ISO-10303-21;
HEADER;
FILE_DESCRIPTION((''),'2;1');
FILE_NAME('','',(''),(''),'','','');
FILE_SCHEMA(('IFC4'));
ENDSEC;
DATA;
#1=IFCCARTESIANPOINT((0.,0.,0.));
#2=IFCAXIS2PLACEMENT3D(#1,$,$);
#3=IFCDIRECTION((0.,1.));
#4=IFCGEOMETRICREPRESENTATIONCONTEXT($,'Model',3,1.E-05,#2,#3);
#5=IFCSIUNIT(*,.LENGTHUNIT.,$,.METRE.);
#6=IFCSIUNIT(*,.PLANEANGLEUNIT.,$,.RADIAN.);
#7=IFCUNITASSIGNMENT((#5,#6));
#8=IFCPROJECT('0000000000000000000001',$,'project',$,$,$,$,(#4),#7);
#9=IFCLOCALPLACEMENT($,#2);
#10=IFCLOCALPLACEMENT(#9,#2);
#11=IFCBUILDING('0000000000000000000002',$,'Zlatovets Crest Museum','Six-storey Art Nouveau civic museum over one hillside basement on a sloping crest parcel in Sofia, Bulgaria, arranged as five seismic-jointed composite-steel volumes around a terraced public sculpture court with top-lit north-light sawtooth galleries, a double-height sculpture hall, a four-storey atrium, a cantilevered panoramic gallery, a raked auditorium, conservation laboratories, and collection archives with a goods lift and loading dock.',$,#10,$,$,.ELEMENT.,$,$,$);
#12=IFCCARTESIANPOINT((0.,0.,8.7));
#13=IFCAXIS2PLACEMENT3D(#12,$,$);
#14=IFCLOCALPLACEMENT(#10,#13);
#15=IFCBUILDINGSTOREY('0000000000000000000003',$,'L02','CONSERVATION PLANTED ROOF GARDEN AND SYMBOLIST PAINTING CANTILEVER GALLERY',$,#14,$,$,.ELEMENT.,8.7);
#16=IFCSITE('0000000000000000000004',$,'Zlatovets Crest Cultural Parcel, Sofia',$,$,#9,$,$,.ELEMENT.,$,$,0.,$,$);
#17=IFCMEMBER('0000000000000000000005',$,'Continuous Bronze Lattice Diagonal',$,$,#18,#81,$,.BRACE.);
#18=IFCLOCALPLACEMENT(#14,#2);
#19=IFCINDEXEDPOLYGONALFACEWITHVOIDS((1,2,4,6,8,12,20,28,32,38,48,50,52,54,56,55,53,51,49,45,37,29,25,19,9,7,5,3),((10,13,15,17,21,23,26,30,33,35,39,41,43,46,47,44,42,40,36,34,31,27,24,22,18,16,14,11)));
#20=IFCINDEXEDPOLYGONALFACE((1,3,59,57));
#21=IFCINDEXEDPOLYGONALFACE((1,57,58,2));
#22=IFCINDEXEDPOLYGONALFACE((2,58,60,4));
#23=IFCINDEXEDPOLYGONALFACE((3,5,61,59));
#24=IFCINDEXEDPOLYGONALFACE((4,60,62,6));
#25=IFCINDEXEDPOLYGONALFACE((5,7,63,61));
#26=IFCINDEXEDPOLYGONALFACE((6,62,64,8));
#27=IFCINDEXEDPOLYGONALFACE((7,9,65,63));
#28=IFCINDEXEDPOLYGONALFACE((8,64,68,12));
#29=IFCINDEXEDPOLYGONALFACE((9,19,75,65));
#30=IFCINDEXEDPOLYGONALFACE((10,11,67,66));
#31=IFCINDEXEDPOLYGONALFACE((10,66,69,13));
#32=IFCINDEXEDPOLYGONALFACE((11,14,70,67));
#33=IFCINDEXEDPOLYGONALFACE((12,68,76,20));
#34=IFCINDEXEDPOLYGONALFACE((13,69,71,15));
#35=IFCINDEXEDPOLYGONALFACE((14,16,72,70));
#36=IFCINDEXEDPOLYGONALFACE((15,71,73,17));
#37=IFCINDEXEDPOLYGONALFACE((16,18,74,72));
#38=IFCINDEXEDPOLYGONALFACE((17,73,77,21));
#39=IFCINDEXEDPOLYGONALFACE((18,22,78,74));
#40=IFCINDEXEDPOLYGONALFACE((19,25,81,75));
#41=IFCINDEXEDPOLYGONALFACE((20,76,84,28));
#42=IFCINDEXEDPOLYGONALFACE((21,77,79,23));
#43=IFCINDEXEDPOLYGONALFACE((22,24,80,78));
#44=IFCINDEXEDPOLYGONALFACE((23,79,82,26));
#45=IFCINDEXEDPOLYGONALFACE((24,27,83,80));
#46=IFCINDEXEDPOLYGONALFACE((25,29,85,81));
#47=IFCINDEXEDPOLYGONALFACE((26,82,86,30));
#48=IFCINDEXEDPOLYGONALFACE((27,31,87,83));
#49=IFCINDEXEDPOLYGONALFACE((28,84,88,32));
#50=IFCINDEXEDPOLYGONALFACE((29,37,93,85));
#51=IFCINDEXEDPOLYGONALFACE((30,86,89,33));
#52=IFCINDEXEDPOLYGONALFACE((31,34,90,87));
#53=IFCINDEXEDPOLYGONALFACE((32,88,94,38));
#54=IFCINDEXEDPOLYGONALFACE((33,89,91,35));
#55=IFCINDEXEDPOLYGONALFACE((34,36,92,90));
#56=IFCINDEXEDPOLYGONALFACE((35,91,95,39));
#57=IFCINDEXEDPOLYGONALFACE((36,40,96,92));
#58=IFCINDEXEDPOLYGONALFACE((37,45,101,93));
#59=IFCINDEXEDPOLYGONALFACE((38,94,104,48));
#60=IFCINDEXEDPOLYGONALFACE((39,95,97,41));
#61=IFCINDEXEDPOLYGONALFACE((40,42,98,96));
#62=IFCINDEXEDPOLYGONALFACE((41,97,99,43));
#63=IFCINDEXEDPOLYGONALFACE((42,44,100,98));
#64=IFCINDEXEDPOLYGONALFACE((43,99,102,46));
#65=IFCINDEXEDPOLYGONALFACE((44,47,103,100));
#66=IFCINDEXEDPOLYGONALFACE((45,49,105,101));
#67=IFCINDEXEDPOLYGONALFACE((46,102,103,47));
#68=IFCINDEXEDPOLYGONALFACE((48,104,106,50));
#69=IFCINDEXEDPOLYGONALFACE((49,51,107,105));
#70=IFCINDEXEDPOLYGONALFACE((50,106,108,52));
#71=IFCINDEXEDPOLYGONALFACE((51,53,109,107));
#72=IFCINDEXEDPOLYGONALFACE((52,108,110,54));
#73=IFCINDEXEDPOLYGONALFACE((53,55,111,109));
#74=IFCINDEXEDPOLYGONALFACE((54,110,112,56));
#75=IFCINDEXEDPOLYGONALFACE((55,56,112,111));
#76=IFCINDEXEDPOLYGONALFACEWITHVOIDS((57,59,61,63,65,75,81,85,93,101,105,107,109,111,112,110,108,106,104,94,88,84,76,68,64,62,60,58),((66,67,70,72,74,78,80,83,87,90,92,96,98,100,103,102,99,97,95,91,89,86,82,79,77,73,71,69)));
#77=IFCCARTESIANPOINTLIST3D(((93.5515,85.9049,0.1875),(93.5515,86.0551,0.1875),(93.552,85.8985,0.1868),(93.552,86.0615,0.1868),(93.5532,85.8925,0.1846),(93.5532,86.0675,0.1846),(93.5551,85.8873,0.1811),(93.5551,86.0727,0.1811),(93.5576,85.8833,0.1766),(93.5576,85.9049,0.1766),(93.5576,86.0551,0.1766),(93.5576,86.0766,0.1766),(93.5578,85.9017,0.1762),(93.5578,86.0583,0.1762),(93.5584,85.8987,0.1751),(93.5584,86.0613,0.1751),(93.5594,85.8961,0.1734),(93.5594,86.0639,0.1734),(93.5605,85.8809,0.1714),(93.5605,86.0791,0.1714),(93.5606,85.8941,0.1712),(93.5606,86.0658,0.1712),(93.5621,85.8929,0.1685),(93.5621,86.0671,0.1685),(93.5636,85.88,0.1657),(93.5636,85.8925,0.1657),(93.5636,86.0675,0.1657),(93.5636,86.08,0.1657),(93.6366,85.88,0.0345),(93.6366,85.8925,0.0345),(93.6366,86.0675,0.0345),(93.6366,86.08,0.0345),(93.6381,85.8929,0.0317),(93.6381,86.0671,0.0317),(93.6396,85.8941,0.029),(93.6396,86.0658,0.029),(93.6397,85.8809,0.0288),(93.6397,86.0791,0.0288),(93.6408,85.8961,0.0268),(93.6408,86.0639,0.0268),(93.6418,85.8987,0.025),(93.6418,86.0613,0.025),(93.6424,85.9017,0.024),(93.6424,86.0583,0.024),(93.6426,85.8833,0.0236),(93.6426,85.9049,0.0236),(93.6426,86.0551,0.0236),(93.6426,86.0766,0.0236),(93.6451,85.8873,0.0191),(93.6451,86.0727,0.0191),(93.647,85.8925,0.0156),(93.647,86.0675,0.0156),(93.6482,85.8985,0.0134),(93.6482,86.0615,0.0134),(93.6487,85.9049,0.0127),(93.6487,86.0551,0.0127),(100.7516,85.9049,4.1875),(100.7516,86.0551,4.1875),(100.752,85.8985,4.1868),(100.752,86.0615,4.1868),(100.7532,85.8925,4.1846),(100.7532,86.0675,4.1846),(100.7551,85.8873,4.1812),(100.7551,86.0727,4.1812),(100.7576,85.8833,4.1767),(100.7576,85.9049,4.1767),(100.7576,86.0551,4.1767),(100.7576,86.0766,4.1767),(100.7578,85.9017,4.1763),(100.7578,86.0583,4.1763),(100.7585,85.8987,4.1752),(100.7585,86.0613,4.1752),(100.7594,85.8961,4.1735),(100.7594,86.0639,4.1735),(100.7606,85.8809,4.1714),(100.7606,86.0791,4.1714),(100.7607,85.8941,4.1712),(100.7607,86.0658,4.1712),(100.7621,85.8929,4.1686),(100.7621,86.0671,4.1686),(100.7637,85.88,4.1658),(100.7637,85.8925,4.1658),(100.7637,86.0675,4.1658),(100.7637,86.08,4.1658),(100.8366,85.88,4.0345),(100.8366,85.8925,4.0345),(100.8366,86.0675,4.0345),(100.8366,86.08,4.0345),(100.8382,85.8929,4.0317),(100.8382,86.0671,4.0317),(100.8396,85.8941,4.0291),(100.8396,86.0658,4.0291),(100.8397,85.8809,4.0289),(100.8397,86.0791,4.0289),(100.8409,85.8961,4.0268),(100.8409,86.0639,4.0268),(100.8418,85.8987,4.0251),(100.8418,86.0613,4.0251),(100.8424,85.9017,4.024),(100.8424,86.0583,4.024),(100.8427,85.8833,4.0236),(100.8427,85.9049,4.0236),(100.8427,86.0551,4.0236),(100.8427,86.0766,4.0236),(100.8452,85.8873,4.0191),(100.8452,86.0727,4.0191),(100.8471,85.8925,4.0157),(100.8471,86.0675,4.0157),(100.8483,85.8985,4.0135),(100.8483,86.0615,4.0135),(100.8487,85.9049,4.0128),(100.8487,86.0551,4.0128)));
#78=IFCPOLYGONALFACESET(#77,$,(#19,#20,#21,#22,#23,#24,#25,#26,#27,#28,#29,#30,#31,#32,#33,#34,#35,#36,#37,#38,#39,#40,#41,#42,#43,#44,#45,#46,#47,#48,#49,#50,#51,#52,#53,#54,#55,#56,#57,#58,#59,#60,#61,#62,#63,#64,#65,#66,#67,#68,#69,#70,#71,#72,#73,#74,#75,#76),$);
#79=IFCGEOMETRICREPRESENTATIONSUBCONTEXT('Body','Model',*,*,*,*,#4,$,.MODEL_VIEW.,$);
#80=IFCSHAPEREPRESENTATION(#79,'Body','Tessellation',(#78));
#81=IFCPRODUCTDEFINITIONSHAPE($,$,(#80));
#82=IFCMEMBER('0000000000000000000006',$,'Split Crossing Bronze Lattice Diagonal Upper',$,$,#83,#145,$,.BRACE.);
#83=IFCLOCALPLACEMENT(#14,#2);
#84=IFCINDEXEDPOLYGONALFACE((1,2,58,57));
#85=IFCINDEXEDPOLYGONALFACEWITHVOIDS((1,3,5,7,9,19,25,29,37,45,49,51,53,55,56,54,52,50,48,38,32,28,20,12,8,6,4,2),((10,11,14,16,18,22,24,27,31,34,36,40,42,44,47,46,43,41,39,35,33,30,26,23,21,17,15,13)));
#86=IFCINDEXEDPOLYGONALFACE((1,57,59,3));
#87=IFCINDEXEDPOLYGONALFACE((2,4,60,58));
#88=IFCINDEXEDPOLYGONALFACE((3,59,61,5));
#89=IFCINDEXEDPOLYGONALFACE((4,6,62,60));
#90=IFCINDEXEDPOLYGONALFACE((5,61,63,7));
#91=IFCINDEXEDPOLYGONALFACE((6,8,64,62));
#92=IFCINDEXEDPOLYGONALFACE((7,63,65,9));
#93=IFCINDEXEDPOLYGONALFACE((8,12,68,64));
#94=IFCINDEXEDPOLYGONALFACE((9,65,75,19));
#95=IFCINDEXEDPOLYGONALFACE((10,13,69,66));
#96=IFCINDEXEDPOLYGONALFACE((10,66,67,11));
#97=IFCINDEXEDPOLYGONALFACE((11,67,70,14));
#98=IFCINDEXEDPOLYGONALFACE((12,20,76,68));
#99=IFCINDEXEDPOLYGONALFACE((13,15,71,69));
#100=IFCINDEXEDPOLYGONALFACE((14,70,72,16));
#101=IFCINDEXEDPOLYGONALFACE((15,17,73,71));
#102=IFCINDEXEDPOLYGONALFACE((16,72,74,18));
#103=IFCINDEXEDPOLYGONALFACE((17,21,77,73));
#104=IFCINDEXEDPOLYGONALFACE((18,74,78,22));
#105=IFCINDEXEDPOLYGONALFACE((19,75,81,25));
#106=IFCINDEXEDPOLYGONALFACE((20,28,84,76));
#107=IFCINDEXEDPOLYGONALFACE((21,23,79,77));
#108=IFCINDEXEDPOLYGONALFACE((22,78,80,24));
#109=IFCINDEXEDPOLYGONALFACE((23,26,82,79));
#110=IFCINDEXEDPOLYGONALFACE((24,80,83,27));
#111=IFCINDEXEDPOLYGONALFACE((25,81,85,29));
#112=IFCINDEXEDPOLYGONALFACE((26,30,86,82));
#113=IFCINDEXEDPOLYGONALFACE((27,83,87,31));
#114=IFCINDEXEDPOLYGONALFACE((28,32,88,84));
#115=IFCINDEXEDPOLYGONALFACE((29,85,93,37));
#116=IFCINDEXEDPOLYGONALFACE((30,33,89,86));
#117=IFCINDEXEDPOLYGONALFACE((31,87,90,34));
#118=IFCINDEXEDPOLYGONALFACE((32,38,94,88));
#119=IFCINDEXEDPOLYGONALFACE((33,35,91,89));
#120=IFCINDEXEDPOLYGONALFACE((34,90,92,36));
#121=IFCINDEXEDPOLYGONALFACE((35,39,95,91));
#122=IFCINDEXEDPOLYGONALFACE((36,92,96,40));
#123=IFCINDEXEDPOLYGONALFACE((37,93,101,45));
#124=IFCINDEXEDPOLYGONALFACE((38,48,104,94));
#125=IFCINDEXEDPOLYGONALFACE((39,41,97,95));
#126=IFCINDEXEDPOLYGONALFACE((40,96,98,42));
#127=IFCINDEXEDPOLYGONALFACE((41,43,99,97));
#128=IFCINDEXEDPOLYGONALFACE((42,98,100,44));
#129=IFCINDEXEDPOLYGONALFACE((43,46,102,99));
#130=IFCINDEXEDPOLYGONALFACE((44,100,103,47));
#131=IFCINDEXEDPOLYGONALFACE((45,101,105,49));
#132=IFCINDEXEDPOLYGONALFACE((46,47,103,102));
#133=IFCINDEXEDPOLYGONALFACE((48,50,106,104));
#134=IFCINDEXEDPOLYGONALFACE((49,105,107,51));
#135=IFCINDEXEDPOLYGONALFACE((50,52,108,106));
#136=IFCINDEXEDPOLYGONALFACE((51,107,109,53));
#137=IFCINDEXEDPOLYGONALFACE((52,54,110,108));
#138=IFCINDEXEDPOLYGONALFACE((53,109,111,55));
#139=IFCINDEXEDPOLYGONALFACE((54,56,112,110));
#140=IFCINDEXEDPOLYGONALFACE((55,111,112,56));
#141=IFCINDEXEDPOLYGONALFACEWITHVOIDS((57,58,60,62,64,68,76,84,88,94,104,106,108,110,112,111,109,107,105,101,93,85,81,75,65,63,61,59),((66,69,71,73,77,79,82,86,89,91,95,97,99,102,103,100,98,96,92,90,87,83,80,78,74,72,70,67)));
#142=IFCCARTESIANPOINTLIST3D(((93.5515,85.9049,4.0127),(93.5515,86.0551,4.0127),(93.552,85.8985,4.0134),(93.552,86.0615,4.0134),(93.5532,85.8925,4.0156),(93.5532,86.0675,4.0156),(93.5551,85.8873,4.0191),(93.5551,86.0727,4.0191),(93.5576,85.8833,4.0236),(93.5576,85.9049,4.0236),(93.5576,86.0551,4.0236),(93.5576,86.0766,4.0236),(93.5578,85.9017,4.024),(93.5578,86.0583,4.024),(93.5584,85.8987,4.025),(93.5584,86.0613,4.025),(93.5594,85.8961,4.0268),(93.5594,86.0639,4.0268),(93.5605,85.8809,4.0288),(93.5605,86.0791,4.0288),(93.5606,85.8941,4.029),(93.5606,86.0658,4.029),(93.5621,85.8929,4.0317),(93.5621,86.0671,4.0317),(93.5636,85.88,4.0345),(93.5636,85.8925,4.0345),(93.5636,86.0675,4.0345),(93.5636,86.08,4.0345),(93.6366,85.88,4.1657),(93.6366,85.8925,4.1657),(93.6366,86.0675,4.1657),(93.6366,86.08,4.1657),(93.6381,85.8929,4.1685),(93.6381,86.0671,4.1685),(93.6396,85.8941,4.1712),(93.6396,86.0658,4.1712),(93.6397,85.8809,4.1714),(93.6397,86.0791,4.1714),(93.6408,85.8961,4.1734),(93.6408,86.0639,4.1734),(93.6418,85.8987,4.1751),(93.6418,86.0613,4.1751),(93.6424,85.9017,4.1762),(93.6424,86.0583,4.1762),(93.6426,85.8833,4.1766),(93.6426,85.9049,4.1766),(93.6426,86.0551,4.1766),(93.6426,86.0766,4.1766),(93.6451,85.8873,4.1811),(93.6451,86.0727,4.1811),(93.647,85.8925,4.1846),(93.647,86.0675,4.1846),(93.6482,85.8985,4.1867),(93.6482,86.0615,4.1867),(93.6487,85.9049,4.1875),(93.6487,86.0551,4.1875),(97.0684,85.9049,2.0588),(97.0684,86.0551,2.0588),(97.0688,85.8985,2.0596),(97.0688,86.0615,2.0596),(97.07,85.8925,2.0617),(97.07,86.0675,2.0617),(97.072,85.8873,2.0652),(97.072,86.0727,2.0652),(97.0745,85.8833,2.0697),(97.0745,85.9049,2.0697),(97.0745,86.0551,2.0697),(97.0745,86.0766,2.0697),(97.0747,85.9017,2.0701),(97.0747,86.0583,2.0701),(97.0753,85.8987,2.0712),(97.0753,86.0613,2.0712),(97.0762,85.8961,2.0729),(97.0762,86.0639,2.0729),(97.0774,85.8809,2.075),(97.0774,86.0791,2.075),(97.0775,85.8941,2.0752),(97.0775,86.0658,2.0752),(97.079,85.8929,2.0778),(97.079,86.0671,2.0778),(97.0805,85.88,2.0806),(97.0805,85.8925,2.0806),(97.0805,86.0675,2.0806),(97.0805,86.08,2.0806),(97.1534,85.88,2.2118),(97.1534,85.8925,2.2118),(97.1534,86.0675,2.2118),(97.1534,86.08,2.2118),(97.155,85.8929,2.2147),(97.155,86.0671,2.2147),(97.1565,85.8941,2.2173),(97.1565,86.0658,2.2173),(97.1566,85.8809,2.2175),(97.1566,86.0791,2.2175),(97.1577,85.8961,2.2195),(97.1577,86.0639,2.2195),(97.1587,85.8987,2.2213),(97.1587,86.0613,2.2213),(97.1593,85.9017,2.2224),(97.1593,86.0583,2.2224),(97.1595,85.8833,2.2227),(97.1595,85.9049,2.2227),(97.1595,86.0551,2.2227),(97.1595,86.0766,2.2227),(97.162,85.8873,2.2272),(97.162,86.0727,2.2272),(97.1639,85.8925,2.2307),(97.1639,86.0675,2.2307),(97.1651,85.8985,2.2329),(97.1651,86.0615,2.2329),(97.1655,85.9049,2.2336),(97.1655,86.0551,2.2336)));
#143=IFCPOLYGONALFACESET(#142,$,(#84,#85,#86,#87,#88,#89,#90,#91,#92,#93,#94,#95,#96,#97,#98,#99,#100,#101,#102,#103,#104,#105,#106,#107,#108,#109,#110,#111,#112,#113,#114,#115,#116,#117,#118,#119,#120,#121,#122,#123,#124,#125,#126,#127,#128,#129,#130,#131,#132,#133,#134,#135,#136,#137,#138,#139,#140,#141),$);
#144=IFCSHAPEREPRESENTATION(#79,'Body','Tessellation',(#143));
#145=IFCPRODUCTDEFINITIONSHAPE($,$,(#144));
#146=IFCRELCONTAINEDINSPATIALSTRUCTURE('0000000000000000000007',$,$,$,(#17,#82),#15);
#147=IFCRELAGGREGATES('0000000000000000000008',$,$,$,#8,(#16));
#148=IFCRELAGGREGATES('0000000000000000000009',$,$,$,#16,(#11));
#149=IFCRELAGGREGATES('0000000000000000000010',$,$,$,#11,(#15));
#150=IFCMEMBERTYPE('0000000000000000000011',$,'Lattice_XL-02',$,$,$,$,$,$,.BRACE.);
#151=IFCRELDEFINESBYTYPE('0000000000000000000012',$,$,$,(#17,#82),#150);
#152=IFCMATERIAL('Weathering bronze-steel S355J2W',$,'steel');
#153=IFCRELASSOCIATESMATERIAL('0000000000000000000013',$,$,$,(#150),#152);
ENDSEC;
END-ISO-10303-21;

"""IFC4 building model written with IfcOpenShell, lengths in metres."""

from ifc_helpers import new_model, si_unit, direction, frame, origin, origin_2d, place, context, subcontext, project, spatial, hollow_rectangle, extrude, material, material_profile, profile_set, type_object, element, save


model = new_model("IFC4")

# Units and contexts
model_context = context("Model", 3, precision=1e-05, world=origin(), true_north=direction((0.0, 1.0)))
body_context = subcontext(model_context, "Body", "Model", "MODEL_VIEW")
ifc_project = project(units=[si_unit("LENGTHUNIT", "METRE"), si_unit("PLANEANGLEUNIT", "RADIAN")], contexts=[model_context])

# Site, building, storey
site_placement = place(None, origin())
site = spatial("IfcSite", under=ifc_project, at=site_placement, Name="Zlatovets Crest Cultural Parcel, Sofia", CompositionType="ELEMENT", RefElevation=0.0)
building_placement = place(site_placement, origin())
building = spatial("IfcBuilding", under=site, at=building_placement, Name="Zlatovets Crest Museum", Description="Six-storey Art Nouveau civic museum over one hillside basement on a sloping crest parcel in Sofia, Bulgaria, arranged as five seismic-jointed composite-steel volumes around a terraced public sculpture court with top-lit north-light sawtooth galleries, a double-height sculpture hall, a four-storey atrium, a cantilevered panoramic gallery, a raked auditorium, conservation laboratories, and collection archives with a goods lift and loading dock.", CompositionType="ELEMENT")
storey_placement = place(building_placement, frame((0.0, 0.0, 8.7)))
storey = spatial("IfcBuildingStorey", under=building, at=storey_placement, Name="L02", Description="CONSERVATION PLANTED ROOF GARDEN AND SYMBOLIST PAINTING CANTILEVER GALLERY", CompositionType="ELEMENT", Elevation=8.7)

# Members
ifc_material_1 = material(Name="Weathering bronze-steel S355J2W", Category="steel")
ifc_material_profile_1 = material_profile(ifc_material_1, hollow_rectangle(XDim=0.2, YDim=0.2, WallThickness=0.0125, InnerFilletRadius=0.0125, OuterFilletRadius=0.0249, at=origin_2d()), Name="SHS 200x200x12.5")
ifc_profile_set_1 = profile_set([ifc_material_profile_1], Name="Weathering bronze-steel S355J2W")
member_type_1 = type_object("IfcMemberType", Name="Lattice_XL-02", PredefinedType="BRACE", material=ifc_profile_set_1)
member_1_placement = place(storey_placement, frame((93.6001, 85.98, 0.1001), z_axis=(0.874156, 0.0, 0.485645), x_axis=(0.0, 1.0, 0.0)))
element("IfcMember", 1, at=member_1_placement, inside=storey, type_object=member_type_1, Name="Continuous Bronze Lattice Diagonal", PredefinedType="BRACE", context=body_context, shape_type="SweptSolid", body=[
    extrude(hollow_rectangle(XDim=0.2, YDim=0.2, WallThickness=0.0125, InnerFilletRadius=0.0125, OuterFilletRadius=0.0249, at=origin_2d()), origin(), (0.0, 0.0, 1.0), 8.2366),
])
member_2_placement = place(storey_placement, frame((93.6001, 85.98, 4.1001), z_axis=(0.874152, 0.0, -0.485653), x_axis=(0.0, 1.0, 0.0)))
element("IfcMember", 2, at=member_2_placement, inside=storey, type_object=member_type_1, Name="Split Crossing Bronze Lattice Diagonal Upper", PredefinedType="BRACE", context=body_context, shape_type="SweptSolid", body=[
    extrude(hollow_rectangle(XDim=0.2, YDim=0.2, WallThickness=0.0125, InnerFilletRadius=0.0125, OuterFilletRadius=0.0249, at=origin_2d()), origin(), (0.0, 0.0, 1.0), 4.0232),
])

save(model, "model.ifc")
